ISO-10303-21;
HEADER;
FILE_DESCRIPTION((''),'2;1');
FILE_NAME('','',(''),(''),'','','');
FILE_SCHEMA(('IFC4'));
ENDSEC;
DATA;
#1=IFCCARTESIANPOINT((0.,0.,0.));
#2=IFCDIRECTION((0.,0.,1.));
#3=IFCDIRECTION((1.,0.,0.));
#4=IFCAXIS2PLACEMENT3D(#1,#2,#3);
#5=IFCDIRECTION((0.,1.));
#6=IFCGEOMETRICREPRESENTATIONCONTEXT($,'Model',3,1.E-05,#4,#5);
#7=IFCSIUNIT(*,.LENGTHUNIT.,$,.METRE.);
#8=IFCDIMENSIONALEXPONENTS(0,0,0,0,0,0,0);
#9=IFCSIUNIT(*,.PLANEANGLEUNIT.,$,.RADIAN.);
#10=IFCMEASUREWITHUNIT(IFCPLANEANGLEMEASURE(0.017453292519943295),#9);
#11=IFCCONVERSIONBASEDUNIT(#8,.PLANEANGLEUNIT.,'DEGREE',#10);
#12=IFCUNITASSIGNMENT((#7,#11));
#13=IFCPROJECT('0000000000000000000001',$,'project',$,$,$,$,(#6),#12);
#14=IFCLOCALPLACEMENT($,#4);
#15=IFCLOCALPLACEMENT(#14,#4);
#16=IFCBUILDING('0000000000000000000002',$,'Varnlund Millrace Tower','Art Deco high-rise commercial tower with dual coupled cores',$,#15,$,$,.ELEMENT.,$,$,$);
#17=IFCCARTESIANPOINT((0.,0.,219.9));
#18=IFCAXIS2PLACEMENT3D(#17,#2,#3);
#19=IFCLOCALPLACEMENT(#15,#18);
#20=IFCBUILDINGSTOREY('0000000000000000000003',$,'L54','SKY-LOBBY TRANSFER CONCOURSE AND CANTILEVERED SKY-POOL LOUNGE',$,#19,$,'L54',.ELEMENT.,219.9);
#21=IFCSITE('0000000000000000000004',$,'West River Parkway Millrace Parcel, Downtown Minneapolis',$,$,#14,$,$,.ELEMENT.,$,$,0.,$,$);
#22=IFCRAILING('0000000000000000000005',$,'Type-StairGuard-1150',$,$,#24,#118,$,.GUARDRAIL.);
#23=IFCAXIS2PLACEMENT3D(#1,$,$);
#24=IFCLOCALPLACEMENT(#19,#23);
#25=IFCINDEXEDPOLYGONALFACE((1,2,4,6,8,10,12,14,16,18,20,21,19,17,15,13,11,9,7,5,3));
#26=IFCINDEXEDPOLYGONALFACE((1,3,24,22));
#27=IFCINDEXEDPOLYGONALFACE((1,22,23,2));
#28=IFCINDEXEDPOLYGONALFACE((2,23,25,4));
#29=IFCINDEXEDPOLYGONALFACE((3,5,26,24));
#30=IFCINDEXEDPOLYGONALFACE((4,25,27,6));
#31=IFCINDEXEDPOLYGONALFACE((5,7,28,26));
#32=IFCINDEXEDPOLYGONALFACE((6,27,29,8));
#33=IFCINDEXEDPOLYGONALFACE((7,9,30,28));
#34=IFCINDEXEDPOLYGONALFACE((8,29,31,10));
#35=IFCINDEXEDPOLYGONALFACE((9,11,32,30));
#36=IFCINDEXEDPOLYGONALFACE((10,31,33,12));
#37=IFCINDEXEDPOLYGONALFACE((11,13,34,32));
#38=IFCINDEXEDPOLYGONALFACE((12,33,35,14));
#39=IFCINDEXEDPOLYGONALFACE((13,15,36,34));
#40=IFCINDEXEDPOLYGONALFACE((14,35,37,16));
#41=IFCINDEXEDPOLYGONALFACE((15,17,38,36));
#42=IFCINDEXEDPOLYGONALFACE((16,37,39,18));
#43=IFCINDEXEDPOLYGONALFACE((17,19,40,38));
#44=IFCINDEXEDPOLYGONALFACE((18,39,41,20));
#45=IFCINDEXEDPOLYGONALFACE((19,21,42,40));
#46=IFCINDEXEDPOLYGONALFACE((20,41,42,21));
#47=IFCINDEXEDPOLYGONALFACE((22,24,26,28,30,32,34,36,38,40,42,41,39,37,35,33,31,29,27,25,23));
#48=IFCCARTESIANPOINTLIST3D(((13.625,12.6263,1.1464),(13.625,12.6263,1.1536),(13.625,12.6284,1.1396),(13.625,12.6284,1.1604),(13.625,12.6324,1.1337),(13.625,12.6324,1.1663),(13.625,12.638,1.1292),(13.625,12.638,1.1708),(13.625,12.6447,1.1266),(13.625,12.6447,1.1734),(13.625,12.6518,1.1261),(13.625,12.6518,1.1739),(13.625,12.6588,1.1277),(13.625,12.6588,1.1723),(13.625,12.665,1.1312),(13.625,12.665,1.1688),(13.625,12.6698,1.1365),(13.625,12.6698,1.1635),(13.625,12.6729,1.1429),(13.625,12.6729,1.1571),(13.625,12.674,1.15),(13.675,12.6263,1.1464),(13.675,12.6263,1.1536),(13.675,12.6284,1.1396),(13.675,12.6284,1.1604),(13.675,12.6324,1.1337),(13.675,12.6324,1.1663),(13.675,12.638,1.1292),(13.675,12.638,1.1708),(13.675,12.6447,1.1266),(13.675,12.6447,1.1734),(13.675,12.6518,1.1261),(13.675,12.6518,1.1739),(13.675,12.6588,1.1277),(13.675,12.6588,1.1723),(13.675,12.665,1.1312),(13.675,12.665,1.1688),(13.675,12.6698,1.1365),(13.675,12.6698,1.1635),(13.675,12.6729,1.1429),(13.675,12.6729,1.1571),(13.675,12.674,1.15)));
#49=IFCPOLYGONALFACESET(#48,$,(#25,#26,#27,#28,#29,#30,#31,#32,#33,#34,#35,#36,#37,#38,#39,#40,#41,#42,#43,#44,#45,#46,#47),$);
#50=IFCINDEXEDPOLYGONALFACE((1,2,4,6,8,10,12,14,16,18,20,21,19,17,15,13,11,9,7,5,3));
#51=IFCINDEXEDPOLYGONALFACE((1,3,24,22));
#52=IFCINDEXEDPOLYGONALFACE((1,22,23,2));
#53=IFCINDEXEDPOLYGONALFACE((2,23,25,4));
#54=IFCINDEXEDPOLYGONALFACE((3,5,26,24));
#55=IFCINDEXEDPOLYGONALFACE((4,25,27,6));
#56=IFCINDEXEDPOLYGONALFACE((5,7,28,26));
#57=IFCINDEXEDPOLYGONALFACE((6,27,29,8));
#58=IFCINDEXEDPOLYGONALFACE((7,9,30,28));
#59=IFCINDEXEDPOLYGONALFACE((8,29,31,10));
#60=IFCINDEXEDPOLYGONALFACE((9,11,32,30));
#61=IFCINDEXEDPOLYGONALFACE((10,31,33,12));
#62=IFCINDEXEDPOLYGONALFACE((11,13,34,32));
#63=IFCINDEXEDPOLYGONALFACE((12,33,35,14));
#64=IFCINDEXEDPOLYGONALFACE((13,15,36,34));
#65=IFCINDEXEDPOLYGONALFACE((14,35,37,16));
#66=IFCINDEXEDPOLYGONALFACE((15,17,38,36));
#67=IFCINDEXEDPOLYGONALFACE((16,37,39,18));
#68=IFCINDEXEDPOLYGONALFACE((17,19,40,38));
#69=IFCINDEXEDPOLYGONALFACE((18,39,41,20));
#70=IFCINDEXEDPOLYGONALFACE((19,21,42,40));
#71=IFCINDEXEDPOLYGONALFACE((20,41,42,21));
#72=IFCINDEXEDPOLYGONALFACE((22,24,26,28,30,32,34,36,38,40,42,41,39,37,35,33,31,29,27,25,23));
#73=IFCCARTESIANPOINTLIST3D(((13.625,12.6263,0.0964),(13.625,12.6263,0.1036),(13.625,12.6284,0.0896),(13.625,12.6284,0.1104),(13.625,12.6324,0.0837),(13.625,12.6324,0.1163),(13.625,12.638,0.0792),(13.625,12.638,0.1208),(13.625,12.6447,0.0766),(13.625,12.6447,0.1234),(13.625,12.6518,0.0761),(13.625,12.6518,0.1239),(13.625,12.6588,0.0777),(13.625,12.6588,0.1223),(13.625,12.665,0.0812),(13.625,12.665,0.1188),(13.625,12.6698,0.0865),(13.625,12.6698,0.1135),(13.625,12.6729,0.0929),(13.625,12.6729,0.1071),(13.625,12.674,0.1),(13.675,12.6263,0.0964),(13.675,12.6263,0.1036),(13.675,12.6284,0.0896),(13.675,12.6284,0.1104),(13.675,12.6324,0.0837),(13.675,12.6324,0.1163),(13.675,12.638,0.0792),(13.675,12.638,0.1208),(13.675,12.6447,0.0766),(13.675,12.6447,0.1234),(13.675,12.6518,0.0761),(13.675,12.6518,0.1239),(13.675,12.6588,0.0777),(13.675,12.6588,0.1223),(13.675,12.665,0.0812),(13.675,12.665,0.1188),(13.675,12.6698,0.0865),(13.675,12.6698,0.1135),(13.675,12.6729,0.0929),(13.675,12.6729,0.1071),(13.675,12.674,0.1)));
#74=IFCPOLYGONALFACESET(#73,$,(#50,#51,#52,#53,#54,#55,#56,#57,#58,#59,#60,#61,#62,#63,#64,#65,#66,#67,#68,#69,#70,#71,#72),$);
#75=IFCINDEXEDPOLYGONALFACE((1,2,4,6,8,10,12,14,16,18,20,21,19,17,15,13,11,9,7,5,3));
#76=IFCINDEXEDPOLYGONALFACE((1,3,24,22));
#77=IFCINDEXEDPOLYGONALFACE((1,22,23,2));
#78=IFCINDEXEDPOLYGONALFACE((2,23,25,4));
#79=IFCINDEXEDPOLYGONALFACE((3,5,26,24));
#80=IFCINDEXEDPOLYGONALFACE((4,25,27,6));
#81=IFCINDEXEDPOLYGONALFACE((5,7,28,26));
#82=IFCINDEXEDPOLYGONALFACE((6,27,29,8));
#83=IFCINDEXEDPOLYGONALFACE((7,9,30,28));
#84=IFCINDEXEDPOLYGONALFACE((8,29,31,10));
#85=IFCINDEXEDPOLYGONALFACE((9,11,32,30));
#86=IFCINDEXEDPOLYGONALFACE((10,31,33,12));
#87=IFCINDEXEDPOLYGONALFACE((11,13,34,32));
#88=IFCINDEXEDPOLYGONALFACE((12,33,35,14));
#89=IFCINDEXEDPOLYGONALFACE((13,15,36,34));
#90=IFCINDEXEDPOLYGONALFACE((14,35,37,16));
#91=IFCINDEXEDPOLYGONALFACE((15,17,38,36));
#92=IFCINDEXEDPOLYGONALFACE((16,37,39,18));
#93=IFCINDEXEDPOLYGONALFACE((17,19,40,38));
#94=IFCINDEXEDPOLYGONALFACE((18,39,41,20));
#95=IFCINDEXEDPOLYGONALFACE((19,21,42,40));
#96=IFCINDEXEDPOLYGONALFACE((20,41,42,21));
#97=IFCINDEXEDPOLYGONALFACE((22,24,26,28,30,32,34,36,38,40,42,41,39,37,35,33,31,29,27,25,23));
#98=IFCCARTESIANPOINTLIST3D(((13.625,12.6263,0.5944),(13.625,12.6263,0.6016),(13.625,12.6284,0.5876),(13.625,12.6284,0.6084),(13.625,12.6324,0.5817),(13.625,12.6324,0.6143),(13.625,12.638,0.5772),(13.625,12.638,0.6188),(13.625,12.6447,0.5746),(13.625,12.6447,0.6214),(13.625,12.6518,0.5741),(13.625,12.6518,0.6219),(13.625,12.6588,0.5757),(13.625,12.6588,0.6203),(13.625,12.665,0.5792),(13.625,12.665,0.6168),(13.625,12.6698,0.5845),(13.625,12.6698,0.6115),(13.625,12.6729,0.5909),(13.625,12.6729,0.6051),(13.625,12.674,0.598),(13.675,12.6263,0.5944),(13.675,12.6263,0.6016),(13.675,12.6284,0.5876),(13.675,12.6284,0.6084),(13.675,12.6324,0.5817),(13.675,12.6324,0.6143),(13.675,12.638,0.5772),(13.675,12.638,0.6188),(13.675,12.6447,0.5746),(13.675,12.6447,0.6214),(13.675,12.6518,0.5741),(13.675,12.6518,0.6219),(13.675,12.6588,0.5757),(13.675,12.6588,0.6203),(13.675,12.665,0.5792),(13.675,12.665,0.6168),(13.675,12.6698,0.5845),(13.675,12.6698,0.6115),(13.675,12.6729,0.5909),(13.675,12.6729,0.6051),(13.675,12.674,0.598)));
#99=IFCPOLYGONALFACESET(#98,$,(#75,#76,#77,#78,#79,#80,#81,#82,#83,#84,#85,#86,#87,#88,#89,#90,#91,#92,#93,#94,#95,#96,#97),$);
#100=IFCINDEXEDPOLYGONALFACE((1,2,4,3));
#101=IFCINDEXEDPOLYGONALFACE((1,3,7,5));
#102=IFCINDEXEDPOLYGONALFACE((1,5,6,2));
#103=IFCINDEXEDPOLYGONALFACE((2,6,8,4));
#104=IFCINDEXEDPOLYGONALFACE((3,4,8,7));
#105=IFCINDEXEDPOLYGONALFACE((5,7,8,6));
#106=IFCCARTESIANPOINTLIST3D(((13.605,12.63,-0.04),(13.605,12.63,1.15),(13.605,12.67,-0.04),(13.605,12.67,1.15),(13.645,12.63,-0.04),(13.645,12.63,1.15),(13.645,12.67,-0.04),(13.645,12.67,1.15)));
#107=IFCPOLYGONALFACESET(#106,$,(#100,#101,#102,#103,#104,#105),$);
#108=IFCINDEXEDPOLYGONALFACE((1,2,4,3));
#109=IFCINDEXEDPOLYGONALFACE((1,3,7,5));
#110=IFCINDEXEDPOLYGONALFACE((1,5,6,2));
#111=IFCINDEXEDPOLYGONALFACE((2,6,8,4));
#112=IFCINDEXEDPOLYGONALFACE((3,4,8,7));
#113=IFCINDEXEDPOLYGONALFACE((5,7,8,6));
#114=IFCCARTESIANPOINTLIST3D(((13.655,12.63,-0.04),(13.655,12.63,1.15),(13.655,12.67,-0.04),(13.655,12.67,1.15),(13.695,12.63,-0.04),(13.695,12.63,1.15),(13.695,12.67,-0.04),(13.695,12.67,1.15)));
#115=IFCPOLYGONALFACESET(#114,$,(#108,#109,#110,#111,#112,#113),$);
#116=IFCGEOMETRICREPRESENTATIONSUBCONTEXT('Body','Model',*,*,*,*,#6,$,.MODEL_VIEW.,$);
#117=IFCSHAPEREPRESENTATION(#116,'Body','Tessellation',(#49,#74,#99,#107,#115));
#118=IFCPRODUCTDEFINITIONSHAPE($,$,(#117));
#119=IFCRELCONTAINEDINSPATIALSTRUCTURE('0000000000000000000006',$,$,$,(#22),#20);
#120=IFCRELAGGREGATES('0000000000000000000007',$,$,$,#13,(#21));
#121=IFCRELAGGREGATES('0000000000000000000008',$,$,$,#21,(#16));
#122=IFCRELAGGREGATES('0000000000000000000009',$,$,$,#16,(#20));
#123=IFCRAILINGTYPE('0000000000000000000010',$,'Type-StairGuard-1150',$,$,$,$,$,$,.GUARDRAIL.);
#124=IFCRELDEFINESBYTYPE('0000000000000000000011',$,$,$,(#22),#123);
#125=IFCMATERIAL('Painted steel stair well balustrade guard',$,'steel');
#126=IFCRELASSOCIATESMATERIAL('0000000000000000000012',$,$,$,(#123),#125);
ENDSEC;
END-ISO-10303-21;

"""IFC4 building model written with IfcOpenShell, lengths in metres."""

from ifc_helpers import new_model, entity, si_unit, converted_unit, direction, frame, origin_with_axes, origin_2d_with_axis, place, context, subcontext, project, spatial, rectangle, circle, extrude, material, type_object, element, save


model = new_model("IFC4")

# Units and contexts
model_context = context("Model", 3, precision=1e-05, world=origin_with_axes(), true_north=direction((0.0, 1.0)))
body_context = subcontext(model_context, "Body", "Model", "MODEL_VIEW")
ifc_project = project(units=[si_unit("LENGTHUNIT", "METRE"), converted_unit("PLANEANGLEUNIT", "DEGREE", entity("IfcPlaneAngleMeasure", 0.017453292519943295), si_unit("PLANEANGLEUNIT", "RADIAN"), dimensions=[0, 0, 0, 0, 0, 0, 0])], contexts=[model_context])

# Site, building, storey
site_placement = place(None, origin_with_axes())
site = spatial("IfcSite", under=ifc_project, at=site_placement, Name="West River Parkway Millrace Parcel, Downtown Minneapolis", CompositionType="ELEMENT", RefElevation=0.0)
building_placement = place(site_placement, origin_with_axes())
building = spatial("IfcBuilding", under=site, at=building_placement, Name="Varnlund Millrace Tower", Description="Art Deco high-rise commercial tower with dual coupled cores", CompositionType="ELEMENT")
storey_placement = place(building_placement, frame((0.0, 0.0, 219.9), z_axis=(0.0, 0.0, 1.0), x_axis=(1.0, 0.0, 0.0)))
storey = spatial("IfcBuildingStorey", under=building, at=storey_placement, Name="L54", Description="SKY-LOBBY TRANSFER CONCOURSE AND CANTILEVERED SKY-POOL LOUNGE", LongName="L54", CompositionType="ELEMENT", Elevation=219.9)

# Railing
ifc_material_1 = material(Name="Painted steel stair well balustrade guard", Category="steel")
railing_type_1 = type_object("IfcRailingType", Name="Type-StairGuard-1150", PredefinedType="GUARDRAIL", material=ifc_material_1)
railing_1_placement = place(storey_placement, frame((0.0, 0.0, -219.9), z_axis=(0.0, 0.0, 1.0), x_axis=(1.0, 0.0, 0.0)))
element("IfcRailing", 1, at=railing_1_placement, inside=storey, type_object=railing_type_1, Name="Type-StairGuard-1150", PredefinedType="GUARDRAIL", context=body_context, shape_type="SweptSolid", body=[
    extrude(circle(Radius=0.024, at=origin_2d_with_axis()), frame((13.625, 12.65, 221.05), z_axis=(1.0, 0.0, 0.0), x_axis=(0.0, 1.0, 0.0)), (0.0, 0.0, 1.0), 0.05),
    extrude(circle(Radius=0.024, at=origin_2d_with_axis()), frame((13.625, 12.65, 220.0), z_axis=(1.0, 0.0, 0.0), x_axis=(0.0, 1.0, 0.0)), (0.0, 0.0, 1.0), 0.05),
    extrude(circle(Radius=0.024, at=origin_2d_with_axis()), frame((13.625, 12.65, 220.498), z_axis=(1.0, 0.0, 0.0), x_axis=(0.0, 1.0, 0.0)), (0.0, 0.0, 1.0), 0.05),
    extrude(rectangle(XDim=0.04, YDim=0.04, at=origin_2d_with_axis()), frame((13.625, 12.65, 219.86), z_axis=(0.0, 0.0, 1.0), x_axis=(1.0, 0.0, 0.0)), (0.0, 0.0, 1.0), 1.19),
    extrude(rectangle(XDim=0.04, YDim=0.04, at=origin_2d_with_axis()), frame((13.675, 12.65, 219.86), z_axis=(0.0, 0.0, 1.0), x_axis=(1.0, 0.0, 0.0)), (0.0, 0.0, 1.0), 1.19),
])

save(model, "model.ifc")
